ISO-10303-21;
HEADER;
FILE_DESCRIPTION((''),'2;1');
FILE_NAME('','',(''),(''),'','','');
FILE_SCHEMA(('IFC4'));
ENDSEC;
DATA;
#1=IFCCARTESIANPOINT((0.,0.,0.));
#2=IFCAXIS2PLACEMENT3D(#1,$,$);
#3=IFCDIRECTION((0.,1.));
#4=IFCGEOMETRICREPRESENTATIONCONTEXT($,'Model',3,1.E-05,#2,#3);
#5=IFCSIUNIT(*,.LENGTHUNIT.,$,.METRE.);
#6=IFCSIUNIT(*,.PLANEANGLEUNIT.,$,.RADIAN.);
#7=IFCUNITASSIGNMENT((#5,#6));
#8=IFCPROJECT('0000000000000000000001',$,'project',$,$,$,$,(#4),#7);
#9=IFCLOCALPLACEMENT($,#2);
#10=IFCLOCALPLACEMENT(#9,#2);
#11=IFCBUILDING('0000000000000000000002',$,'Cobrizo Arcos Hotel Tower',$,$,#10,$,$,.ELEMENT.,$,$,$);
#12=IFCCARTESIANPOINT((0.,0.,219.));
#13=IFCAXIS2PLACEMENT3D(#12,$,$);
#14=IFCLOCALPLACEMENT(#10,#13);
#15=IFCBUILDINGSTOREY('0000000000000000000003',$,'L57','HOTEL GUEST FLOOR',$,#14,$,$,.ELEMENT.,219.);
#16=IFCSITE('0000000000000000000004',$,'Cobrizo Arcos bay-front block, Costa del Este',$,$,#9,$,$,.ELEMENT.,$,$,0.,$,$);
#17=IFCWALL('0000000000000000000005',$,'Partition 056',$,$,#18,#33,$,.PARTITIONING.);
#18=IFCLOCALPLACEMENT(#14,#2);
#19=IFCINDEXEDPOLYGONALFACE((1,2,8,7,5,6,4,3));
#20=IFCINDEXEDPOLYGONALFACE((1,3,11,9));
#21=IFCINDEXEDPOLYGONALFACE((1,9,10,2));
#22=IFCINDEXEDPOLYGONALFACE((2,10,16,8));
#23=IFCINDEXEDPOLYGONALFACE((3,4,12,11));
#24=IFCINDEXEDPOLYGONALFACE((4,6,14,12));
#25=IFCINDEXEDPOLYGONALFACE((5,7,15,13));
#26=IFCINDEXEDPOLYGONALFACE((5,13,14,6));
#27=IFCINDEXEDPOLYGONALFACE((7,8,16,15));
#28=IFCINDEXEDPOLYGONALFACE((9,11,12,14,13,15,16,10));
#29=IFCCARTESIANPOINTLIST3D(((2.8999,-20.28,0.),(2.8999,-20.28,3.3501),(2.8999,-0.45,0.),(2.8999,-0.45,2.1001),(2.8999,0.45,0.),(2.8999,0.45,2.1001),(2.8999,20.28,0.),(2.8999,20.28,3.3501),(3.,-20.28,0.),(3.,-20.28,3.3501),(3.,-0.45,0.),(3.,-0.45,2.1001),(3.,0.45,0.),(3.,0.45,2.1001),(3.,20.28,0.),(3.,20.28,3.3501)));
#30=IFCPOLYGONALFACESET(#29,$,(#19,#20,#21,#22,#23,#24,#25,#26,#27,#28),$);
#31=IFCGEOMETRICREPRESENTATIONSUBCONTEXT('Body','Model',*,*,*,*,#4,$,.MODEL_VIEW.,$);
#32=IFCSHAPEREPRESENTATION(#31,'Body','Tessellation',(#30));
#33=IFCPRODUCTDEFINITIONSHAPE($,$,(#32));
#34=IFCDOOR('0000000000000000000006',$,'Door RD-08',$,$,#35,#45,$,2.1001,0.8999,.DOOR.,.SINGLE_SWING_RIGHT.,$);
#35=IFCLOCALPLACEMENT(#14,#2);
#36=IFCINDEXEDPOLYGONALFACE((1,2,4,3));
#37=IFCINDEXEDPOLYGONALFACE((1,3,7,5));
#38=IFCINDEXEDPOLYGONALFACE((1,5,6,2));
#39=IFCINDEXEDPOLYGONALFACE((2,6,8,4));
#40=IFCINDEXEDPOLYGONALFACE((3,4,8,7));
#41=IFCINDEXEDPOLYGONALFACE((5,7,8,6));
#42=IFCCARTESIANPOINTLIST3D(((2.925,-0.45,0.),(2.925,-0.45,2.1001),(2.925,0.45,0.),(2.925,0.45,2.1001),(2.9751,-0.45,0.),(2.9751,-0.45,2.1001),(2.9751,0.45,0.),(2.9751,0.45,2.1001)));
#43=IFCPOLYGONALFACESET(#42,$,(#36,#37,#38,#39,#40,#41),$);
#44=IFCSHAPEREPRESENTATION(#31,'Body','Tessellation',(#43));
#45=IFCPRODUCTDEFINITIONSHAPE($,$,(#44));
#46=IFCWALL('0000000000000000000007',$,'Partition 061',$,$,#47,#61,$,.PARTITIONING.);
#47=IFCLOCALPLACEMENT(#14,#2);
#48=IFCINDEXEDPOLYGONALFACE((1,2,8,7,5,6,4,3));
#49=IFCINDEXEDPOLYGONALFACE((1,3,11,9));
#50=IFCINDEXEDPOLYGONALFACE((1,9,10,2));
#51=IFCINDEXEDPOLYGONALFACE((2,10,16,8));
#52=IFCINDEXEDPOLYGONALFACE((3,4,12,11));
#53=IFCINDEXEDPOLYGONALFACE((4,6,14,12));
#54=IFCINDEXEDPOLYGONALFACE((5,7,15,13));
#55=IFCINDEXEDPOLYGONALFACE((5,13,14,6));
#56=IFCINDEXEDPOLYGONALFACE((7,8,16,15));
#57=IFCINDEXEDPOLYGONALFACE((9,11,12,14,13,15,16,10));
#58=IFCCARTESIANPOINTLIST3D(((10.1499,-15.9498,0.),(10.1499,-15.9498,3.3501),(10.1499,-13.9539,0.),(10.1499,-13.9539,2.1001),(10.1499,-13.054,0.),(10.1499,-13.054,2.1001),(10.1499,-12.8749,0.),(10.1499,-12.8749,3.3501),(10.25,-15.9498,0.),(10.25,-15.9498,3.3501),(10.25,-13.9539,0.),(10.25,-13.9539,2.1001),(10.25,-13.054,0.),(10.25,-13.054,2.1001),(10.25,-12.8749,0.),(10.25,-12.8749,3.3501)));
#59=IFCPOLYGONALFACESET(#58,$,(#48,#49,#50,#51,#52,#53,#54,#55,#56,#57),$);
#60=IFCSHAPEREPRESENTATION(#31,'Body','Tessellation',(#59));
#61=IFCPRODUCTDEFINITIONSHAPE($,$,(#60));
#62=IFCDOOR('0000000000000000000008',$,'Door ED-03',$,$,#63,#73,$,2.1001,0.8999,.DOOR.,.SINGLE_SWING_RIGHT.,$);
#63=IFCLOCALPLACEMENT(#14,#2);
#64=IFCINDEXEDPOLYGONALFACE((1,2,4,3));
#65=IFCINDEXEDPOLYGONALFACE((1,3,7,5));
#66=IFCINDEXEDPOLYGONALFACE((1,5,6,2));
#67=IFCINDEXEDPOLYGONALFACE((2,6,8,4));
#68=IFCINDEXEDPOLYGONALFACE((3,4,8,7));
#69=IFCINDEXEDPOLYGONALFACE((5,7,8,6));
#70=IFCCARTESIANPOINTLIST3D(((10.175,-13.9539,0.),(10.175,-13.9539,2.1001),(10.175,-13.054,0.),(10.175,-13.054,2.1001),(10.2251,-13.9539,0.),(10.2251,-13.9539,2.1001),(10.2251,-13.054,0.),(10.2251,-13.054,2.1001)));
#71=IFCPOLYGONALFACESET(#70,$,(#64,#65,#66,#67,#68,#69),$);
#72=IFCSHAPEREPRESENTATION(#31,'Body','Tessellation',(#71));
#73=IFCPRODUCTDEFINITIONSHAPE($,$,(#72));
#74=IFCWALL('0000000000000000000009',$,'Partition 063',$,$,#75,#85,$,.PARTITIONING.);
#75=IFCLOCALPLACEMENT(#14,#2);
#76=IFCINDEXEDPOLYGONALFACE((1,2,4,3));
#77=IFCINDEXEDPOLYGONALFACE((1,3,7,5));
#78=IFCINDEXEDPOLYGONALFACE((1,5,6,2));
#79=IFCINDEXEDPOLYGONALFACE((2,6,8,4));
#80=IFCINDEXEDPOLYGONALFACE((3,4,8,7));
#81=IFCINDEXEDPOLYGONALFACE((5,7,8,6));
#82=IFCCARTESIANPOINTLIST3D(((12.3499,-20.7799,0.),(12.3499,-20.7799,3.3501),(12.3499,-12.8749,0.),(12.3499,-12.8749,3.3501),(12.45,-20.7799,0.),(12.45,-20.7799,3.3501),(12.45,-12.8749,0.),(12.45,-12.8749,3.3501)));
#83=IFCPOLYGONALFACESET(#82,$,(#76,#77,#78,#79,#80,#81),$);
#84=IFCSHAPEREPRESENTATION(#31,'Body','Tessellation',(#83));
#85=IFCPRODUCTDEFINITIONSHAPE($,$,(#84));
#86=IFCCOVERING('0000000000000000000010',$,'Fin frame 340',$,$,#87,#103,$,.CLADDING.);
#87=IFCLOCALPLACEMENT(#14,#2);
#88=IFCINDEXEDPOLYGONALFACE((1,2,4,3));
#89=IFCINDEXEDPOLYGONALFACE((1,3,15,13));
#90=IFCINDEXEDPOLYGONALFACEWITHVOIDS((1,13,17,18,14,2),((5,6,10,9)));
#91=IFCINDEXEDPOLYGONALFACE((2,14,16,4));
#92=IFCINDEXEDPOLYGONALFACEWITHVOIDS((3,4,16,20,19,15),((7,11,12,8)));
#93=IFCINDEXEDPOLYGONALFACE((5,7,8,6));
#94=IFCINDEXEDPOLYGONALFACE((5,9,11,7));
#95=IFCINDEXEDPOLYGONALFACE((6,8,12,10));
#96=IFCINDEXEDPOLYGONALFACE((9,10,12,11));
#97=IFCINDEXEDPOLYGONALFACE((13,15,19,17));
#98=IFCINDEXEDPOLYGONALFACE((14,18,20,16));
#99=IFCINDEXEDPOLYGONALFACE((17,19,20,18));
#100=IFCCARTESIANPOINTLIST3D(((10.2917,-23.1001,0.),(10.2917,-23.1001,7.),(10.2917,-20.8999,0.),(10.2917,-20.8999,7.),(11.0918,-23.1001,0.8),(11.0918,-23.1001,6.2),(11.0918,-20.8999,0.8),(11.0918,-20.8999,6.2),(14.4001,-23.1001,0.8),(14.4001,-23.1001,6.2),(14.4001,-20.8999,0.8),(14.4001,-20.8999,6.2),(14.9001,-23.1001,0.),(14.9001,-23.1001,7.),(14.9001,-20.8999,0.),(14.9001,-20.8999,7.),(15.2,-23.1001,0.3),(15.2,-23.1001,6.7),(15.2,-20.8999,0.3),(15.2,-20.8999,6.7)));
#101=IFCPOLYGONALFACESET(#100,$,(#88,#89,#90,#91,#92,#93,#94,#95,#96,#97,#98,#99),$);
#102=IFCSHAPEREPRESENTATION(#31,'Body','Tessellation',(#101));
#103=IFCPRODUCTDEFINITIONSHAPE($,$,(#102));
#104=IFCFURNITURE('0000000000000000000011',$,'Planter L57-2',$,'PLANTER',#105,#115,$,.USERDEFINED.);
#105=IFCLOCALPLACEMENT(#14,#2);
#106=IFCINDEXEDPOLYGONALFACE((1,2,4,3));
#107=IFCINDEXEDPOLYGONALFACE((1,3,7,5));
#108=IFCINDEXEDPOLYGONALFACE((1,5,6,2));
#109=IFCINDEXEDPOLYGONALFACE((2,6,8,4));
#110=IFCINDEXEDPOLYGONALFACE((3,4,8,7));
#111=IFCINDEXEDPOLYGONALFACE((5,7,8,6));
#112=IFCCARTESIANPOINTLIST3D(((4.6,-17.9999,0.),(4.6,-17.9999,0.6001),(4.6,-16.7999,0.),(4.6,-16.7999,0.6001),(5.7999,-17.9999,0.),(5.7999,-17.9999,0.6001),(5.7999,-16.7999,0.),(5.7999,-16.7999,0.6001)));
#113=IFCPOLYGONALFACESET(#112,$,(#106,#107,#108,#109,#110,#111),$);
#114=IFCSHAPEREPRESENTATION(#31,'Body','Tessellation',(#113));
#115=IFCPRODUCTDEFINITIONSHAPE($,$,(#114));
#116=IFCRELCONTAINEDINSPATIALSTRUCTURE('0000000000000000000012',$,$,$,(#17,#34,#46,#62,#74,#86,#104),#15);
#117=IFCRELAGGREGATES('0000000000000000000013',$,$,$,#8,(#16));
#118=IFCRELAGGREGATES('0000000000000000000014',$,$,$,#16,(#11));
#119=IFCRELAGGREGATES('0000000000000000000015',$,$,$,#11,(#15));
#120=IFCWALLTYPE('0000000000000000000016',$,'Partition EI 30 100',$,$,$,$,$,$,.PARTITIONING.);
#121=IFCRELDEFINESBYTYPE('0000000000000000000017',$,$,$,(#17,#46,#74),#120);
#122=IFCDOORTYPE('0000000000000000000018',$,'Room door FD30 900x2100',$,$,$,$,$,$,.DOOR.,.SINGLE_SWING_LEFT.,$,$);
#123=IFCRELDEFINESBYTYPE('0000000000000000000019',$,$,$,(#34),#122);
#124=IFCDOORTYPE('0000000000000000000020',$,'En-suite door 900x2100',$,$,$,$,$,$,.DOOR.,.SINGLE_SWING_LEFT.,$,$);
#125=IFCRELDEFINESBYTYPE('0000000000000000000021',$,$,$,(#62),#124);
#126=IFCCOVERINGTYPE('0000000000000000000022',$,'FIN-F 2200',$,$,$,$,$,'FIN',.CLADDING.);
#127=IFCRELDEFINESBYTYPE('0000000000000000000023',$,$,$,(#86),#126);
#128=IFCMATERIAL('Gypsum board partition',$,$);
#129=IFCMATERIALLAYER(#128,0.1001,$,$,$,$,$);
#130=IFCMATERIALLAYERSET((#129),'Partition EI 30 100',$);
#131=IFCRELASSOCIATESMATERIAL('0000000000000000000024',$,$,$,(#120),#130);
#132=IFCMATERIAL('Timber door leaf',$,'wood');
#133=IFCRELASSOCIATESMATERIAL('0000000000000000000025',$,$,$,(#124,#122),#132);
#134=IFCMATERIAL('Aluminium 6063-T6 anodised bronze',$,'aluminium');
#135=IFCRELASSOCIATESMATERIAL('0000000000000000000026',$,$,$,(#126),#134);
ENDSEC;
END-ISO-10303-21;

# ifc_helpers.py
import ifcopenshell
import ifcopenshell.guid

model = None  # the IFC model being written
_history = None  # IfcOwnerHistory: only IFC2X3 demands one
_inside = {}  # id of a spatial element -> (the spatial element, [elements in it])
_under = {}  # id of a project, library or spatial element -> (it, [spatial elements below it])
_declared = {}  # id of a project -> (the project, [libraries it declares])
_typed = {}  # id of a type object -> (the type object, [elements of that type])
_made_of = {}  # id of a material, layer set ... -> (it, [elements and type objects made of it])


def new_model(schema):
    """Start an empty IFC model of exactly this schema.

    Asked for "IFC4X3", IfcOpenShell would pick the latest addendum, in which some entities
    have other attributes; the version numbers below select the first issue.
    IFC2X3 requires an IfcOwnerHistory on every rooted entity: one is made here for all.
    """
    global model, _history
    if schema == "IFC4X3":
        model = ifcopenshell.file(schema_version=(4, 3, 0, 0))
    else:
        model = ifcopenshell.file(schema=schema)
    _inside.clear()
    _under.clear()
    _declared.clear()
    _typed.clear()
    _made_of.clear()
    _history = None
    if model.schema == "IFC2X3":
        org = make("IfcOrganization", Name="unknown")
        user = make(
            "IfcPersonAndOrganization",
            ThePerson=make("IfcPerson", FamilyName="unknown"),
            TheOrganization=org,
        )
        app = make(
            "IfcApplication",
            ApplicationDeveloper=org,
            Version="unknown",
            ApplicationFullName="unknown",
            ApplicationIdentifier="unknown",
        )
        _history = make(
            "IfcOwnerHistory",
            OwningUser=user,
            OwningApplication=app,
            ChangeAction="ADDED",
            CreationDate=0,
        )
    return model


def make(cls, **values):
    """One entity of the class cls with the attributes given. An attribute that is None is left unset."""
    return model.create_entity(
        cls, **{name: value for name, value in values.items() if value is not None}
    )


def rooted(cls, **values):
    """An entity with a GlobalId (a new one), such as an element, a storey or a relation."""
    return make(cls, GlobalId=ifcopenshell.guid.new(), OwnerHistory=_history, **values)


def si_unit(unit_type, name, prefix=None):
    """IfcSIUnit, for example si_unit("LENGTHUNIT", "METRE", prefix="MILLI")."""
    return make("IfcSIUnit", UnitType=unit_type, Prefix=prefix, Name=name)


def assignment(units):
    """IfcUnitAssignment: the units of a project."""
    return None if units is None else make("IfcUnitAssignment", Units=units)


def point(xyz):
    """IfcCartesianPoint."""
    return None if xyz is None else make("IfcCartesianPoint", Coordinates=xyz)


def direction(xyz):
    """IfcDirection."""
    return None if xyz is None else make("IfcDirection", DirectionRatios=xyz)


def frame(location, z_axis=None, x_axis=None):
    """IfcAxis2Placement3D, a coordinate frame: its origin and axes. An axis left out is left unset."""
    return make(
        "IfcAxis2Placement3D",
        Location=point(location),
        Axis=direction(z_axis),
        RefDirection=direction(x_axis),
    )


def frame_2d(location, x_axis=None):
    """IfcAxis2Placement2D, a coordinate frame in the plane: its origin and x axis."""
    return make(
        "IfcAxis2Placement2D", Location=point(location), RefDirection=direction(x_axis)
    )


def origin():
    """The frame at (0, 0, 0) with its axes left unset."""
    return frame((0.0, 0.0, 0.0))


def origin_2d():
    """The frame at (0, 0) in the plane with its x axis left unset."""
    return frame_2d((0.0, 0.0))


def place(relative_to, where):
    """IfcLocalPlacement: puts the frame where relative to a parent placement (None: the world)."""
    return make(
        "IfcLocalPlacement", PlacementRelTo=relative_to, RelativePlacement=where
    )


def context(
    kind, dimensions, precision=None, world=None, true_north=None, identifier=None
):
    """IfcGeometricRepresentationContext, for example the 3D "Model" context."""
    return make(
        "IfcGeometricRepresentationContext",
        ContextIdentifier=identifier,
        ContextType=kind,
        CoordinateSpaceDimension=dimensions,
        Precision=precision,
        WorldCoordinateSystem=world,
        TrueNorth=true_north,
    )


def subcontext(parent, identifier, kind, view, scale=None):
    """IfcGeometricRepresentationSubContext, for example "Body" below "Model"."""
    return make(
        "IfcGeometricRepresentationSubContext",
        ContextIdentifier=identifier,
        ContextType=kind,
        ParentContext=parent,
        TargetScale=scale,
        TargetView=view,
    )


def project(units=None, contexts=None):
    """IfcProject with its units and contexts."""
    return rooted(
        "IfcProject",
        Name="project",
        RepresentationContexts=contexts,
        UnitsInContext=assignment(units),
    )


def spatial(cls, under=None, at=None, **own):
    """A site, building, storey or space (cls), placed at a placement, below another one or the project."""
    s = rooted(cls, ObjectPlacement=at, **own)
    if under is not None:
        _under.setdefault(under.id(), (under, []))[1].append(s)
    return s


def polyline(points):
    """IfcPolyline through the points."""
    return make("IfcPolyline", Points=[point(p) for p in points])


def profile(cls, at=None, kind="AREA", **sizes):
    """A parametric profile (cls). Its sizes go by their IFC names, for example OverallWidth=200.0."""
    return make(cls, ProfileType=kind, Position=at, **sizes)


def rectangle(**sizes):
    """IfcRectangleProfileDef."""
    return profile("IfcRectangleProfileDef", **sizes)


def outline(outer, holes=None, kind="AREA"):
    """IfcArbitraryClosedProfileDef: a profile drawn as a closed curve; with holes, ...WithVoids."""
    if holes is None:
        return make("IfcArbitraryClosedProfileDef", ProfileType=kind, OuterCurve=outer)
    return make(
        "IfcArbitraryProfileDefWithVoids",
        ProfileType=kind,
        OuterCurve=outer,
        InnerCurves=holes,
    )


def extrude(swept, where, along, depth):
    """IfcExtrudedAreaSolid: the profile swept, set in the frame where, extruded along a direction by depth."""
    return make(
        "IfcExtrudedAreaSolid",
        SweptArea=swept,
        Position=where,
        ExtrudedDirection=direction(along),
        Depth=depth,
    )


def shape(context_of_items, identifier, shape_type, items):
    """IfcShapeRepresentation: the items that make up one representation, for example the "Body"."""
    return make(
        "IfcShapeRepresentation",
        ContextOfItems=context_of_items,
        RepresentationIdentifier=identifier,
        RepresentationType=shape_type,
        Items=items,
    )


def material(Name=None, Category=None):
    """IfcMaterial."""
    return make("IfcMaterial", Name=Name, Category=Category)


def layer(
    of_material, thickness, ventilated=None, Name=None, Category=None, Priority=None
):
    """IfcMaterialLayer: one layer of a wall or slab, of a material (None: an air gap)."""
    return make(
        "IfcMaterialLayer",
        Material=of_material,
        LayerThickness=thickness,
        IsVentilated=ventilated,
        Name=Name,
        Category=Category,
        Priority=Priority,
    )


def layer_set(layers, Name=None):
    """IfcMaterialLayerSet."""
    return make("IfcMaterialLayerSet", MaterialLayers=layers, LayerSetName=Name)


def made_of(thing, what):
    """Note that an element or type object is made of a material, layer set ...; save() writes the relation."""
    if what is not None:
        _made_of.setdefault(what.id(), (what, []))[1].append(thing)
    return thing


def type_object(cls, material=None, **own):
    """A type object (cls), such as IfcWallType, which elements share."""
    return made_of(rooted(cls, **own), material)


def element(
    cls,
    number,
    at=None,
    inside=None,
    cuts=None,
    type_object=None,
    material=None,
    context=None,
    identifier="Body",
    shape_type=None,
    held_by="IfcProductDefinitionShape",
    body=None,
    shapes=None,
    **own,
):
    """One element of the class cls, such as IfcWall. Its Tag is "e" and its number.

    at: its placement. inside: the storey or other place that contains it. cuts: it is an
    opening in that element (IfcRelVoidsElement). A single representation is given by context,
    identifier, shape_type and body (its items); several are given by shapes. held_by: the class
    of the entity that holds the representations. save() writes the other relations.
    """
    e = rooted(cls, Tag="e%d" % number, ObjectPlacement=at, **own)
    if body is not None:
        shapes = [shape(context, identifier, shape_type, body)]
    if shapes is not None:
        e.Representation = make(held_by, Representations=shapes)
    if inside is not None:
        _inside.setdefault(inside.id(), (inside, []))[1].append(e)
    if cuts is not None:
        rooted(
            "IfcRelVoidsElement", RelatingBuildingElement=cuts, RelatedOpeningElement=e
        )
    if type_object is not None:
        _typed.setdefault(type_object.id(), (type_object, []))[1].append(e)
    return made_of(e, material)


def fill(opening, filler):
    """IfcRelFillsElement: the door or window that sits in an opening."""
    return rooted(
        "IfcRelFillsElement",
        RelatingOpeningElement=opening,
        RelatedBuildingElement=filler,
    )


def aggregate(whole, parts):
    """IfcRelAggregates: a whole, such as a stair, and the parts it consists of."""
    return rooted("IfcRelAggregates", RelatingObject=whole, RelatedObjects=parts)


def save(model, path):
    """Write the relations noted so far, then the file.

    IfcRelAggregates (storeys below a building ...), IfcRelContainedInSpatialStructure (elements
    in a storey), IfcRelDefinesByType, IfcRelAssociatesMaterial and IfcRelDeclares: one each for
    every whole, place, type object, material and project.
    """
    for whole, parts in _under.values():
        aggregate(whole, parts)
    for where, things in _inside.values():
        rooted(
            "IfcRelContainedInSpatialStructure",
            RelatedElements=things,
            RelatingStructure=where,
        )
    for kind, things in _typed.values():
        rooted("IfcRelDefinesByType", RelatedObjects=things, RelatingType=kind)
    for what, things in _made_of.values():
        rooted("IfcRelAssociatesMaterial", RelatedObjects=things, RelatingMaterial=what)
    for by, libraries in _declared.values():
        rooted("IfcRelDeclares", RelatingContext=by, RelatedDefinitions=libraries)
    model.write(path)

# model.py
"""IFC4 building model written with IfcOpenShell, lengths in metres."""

from ifc_helpers import new_model, si_unit, direction, frame, frame_2d, origin, origin_2d, place, context, subcontext, project, spatial, polyline, rectangle, outline, extrude, material, layer, layer_set, type_object, element, fill, save


model = new_model("IFC4")

# Units and contexts
model_context = context("Model", 3, precision=1e-05, world=origin(), true_north=direction((0.0, 1.0)))
body_context = subcontext(model_context, "Body", "Model", "MODEL_VIEW")
ifc_project = project(units=[si_unit("LENGTHUNIT", "METRE"), si_unit("PLANEANGLEUNIT", "RADIAN")], contexts=[model_context])

# Site, building, storey
site_placement = place(None, origin())
site = spatial("IfcSite", under=ifc_project, at=site_placement, Name="Cobrizo Arcos bay-front block, Costa del Este", CompositionType="ELEMENT", RefElevation=0.0)
building_placement = place(site_placement, origin())
building = spatial("IfcBuilding", under=site, at=building_placement, Name="Cobrizo Arcos Hotel Tower", CompositionType="ELEMENT")
storey_placement = place(building_placement, frame((0.0, 0.0, 219.0)))
storey = spatial("IfcBuildingStorey", under=building, at=storey_placement, Name="L57", Description="HOTEL GUEST FLOOR", CompositionType="ELEMENT", Elevation=219.0)

# Shared definitions
ifc_material_1 = material(Name="Aluminium 6063-T6 anodised bronze", Category="aluminium")

# Shared definitions
ifc_material_2 = material(Name="Gypsum board partition")
ifc_layer_1 = layer(ifc_material_2, 0.1001)
ifc_layer_set_1 = layer_set([ifc_layer_1], Name="Partition EI 30 100")
wall_type = type_object("IfcWallType", Name="Partition EI 30 100", PredefinedType="PARTITIONING", material=ifc_layer_set_1)
ifc_material_3 = material(Name="Timber door leaf", Category="wood")
door_type_1 = type_object("IfcDoorType", Name="En-suite door 900x2100", OperationType="SINGLE_SWING_LEFT", PredefinedType="DOOR", material=ifc_material_3)

# Walls, openings, doors
wall_1_placement = place(storey_placement, frame((2.95, -20.28, 0.0), z_axis=(0.0, 0.0, 1.0), x_axis=(0.0, 1.0, 0.0)))
wall_1 = element("IfcWall", 1, at=wall_1_placement, inside=storey, type_object=wall_type, Name="Partition 056", PredefinedType="PARTITIONING", context=body_context, shape_type="SweptSolid", body=[
    extrude(rectangle(XDim=40.5601, YDim=0.1001, at=frame_2d((20.28, 0.0))), origin(), (0.0, 0.0, 1.0), 3.3501),
])
opening_1_placement = place(wall_1_placement, frame((19.8301, 0.0, 0.0)))
opening_1 = element("IfcOpeningElement", 2, at=opening_1_placement, cuts=wall_1, PredefinedType="OPENING", context=body_context, shape_type="SweptSolid", body=[
    extrude(rectangle(XDim=0.8999, YDim=2.1001, at=frame_2d((0.45, 1.05))), frame((0.0, 0.062, 0.0), z_axis=(0.0, -1.0, 0.0), x_axis=(1.0, 0.0, 0.0)), (0.0, 0.0, 1.0), 0.124),
])
door_type_2 = type_object("IfcDoorType", Name="Room door FD30 900x2100", OperationType="SINGLE_SWING_LEFT", PredefinedType="DOOR", material=ifc_material_3)
door_1_placement = place(opening_1_placement, origin())
door_1 = element("IfcDoor", 3, at=door_1_placement, inside=storey, type_object=door_type_2, Name="Door RD-08", OperationType="SINGLE_SWING_RIGHT", OverallHeight=2.1001, OverallWidth=0.8999, PredefinedType="DOOR", context=body_context, shape_type="SweptSolid", body=[
    extrude(rectangle(XDim=0.8999, YDim=2.1001, at=frame_2d((0.45, 1.05))), frame((0.0, 0.0249, 0.0), z_axis=(0.0, -1.0, 0.0), x_axis=(1.0, 0.0, 0.0)), (0.0, 0.0, 1.0), 0.05),
])
fill(opening_1, door_1)
wall_2_placement = place(storey_placement, frame((10.2, -15.95, 0.0), z_axis=(0.0, 0.0, 1.0), x_axis=(0.0, 1.0, 0.0)))
wall_2 = element("IfcWall", 4, at=wall_2_placement, inside=storey, type_object=wall_type, Name="Partition 061", PredefinedType="PARTITIONING", context=body_context, shape_type="SweptSolid", body=[
    extrude(rectangle(XDim=3.075, YDim=0.1001, at=frame_2d((1.5376, 0.0))), origin(), (0.0, 0.0, 1.0), 3.3501),
])
opening_2_placement = place(wall_2_placement, frame((1.9961, 0.0, 0.0)))
opening_2 = element("IfcOpeningElement", 5, at=opening_2_placement, cuts=wall_2, PredefinedType="OPENING", context=body_context, shape_type="SweptSolid", body=[
    extrude(rectangle(XDim=0.8999, YDim=2.1001, at=frame_2d((0.45, 1.05))), frame((0.0, 0.062, 0.0), z_axis=(0.0, -1.0, 0.0), x_axis=(1.0, 0.0, 0.0)), (0.0, 0.0, 1.0), 0.124),
])
door_2_placement = place(opening_2_placement, origin())
door_2 = element("IfcDoor", 6, at=door_2_placement, inside=storey, type_object=door_type_1, Name="Door ED-03", OperationType="SINGLE_SWING_RIGHT", OverallHeight=2.1001, OverallWidth=0.8999, PredefinedType="DOOR", context=body_context, shape_type="SweptSolid", body=[
    extrude(rectangle(XDim=0.8999, YDim=2.1001, at=frame_2d((0.45, 1.05))), frame((0.0, 0.0249, 0.0), z_axis=(0.0, -1.0, 0.0), x_axis=(1.0, 0.0, 0.0)), (0.0, 0.0, 1.0), 0.05),
])
fill(opening_2, door_2)

# Wall
wall_3_placement = place(storey_placement, frame((12.3999, -20.78, 0.0), z_axis=(0.0, 0.0, 1.0), x_axis=(0.0, 1.0, 0.0)))
element("IfcWall", 7, at=wall_3_placement, inside=storey, type_object=wall_type, Name="Partition 063", PredefinedType="PARTITIONING", context=body_context, shape_type="SweptSolid", body=[
    extrude(rectangle(XDim=7.905, YDim=0.1001, at=frame_2d((3.9526, 0.0))), origin(), (0.0, 0.0, 1.0), 3.3501),
])

# Covering
covering_type = type_object("IfcCoveringType", Name="FIN-F 2200", ElementType="FIN", PredefinedType="CLADDING", material=ifc_material_1)
covering_placement = place(storey_placement, frame((10.2917, -20.8999, 0.0), z_axis=(0.0, -1.0, 0.0), x_axis=(1.0, 0.0, 0.0)))
element("IfcCovering", 8, at=covering_placement, inside=storey, type_object=covering_type, Name="Fin frame 340", PredefinedType="CLADDING", context=body_context, shape_type="SweptSolid", body=[
    extrude(outline(polyline([(0.0, 7.0), (0.0, 0.0), (4.6084, 0.0), (4.9082, 0.3), (4.9082, 6.7), (4.6084, 7.0), (0.0, 7.0)]), holes=[polyline([(4.1084, 0.8), (0.8, 0.8), (0.8, 6.2), (4.1084, 6.2), (4.1084, 0.8)])]), origin(), (0.0, 0.0, 1.0), 2.2002),
])

# Furniture
furniture_placement = place(storey_placement, frame((5.2, -17.3999, 0.0), z_axis=(0.0, 0.0, 1.0), x_axis=(1.0, 0.0, 0.0)))
element("IfcFurniture", 9, at=furniture_placement, inside=storey, Name="Planter L57-2", ObjectType="PLANTER", PredefinedType="USERDEFINED", context=body_context, shape_type="SweptSolid", body=[
    extrude(rectangle(XDim=1.2, YDim=1.2, at=origin_2d()), origin(), (0.0, 0.0, 1.0), 0.6001),
])

save(model, "model.ifc")
